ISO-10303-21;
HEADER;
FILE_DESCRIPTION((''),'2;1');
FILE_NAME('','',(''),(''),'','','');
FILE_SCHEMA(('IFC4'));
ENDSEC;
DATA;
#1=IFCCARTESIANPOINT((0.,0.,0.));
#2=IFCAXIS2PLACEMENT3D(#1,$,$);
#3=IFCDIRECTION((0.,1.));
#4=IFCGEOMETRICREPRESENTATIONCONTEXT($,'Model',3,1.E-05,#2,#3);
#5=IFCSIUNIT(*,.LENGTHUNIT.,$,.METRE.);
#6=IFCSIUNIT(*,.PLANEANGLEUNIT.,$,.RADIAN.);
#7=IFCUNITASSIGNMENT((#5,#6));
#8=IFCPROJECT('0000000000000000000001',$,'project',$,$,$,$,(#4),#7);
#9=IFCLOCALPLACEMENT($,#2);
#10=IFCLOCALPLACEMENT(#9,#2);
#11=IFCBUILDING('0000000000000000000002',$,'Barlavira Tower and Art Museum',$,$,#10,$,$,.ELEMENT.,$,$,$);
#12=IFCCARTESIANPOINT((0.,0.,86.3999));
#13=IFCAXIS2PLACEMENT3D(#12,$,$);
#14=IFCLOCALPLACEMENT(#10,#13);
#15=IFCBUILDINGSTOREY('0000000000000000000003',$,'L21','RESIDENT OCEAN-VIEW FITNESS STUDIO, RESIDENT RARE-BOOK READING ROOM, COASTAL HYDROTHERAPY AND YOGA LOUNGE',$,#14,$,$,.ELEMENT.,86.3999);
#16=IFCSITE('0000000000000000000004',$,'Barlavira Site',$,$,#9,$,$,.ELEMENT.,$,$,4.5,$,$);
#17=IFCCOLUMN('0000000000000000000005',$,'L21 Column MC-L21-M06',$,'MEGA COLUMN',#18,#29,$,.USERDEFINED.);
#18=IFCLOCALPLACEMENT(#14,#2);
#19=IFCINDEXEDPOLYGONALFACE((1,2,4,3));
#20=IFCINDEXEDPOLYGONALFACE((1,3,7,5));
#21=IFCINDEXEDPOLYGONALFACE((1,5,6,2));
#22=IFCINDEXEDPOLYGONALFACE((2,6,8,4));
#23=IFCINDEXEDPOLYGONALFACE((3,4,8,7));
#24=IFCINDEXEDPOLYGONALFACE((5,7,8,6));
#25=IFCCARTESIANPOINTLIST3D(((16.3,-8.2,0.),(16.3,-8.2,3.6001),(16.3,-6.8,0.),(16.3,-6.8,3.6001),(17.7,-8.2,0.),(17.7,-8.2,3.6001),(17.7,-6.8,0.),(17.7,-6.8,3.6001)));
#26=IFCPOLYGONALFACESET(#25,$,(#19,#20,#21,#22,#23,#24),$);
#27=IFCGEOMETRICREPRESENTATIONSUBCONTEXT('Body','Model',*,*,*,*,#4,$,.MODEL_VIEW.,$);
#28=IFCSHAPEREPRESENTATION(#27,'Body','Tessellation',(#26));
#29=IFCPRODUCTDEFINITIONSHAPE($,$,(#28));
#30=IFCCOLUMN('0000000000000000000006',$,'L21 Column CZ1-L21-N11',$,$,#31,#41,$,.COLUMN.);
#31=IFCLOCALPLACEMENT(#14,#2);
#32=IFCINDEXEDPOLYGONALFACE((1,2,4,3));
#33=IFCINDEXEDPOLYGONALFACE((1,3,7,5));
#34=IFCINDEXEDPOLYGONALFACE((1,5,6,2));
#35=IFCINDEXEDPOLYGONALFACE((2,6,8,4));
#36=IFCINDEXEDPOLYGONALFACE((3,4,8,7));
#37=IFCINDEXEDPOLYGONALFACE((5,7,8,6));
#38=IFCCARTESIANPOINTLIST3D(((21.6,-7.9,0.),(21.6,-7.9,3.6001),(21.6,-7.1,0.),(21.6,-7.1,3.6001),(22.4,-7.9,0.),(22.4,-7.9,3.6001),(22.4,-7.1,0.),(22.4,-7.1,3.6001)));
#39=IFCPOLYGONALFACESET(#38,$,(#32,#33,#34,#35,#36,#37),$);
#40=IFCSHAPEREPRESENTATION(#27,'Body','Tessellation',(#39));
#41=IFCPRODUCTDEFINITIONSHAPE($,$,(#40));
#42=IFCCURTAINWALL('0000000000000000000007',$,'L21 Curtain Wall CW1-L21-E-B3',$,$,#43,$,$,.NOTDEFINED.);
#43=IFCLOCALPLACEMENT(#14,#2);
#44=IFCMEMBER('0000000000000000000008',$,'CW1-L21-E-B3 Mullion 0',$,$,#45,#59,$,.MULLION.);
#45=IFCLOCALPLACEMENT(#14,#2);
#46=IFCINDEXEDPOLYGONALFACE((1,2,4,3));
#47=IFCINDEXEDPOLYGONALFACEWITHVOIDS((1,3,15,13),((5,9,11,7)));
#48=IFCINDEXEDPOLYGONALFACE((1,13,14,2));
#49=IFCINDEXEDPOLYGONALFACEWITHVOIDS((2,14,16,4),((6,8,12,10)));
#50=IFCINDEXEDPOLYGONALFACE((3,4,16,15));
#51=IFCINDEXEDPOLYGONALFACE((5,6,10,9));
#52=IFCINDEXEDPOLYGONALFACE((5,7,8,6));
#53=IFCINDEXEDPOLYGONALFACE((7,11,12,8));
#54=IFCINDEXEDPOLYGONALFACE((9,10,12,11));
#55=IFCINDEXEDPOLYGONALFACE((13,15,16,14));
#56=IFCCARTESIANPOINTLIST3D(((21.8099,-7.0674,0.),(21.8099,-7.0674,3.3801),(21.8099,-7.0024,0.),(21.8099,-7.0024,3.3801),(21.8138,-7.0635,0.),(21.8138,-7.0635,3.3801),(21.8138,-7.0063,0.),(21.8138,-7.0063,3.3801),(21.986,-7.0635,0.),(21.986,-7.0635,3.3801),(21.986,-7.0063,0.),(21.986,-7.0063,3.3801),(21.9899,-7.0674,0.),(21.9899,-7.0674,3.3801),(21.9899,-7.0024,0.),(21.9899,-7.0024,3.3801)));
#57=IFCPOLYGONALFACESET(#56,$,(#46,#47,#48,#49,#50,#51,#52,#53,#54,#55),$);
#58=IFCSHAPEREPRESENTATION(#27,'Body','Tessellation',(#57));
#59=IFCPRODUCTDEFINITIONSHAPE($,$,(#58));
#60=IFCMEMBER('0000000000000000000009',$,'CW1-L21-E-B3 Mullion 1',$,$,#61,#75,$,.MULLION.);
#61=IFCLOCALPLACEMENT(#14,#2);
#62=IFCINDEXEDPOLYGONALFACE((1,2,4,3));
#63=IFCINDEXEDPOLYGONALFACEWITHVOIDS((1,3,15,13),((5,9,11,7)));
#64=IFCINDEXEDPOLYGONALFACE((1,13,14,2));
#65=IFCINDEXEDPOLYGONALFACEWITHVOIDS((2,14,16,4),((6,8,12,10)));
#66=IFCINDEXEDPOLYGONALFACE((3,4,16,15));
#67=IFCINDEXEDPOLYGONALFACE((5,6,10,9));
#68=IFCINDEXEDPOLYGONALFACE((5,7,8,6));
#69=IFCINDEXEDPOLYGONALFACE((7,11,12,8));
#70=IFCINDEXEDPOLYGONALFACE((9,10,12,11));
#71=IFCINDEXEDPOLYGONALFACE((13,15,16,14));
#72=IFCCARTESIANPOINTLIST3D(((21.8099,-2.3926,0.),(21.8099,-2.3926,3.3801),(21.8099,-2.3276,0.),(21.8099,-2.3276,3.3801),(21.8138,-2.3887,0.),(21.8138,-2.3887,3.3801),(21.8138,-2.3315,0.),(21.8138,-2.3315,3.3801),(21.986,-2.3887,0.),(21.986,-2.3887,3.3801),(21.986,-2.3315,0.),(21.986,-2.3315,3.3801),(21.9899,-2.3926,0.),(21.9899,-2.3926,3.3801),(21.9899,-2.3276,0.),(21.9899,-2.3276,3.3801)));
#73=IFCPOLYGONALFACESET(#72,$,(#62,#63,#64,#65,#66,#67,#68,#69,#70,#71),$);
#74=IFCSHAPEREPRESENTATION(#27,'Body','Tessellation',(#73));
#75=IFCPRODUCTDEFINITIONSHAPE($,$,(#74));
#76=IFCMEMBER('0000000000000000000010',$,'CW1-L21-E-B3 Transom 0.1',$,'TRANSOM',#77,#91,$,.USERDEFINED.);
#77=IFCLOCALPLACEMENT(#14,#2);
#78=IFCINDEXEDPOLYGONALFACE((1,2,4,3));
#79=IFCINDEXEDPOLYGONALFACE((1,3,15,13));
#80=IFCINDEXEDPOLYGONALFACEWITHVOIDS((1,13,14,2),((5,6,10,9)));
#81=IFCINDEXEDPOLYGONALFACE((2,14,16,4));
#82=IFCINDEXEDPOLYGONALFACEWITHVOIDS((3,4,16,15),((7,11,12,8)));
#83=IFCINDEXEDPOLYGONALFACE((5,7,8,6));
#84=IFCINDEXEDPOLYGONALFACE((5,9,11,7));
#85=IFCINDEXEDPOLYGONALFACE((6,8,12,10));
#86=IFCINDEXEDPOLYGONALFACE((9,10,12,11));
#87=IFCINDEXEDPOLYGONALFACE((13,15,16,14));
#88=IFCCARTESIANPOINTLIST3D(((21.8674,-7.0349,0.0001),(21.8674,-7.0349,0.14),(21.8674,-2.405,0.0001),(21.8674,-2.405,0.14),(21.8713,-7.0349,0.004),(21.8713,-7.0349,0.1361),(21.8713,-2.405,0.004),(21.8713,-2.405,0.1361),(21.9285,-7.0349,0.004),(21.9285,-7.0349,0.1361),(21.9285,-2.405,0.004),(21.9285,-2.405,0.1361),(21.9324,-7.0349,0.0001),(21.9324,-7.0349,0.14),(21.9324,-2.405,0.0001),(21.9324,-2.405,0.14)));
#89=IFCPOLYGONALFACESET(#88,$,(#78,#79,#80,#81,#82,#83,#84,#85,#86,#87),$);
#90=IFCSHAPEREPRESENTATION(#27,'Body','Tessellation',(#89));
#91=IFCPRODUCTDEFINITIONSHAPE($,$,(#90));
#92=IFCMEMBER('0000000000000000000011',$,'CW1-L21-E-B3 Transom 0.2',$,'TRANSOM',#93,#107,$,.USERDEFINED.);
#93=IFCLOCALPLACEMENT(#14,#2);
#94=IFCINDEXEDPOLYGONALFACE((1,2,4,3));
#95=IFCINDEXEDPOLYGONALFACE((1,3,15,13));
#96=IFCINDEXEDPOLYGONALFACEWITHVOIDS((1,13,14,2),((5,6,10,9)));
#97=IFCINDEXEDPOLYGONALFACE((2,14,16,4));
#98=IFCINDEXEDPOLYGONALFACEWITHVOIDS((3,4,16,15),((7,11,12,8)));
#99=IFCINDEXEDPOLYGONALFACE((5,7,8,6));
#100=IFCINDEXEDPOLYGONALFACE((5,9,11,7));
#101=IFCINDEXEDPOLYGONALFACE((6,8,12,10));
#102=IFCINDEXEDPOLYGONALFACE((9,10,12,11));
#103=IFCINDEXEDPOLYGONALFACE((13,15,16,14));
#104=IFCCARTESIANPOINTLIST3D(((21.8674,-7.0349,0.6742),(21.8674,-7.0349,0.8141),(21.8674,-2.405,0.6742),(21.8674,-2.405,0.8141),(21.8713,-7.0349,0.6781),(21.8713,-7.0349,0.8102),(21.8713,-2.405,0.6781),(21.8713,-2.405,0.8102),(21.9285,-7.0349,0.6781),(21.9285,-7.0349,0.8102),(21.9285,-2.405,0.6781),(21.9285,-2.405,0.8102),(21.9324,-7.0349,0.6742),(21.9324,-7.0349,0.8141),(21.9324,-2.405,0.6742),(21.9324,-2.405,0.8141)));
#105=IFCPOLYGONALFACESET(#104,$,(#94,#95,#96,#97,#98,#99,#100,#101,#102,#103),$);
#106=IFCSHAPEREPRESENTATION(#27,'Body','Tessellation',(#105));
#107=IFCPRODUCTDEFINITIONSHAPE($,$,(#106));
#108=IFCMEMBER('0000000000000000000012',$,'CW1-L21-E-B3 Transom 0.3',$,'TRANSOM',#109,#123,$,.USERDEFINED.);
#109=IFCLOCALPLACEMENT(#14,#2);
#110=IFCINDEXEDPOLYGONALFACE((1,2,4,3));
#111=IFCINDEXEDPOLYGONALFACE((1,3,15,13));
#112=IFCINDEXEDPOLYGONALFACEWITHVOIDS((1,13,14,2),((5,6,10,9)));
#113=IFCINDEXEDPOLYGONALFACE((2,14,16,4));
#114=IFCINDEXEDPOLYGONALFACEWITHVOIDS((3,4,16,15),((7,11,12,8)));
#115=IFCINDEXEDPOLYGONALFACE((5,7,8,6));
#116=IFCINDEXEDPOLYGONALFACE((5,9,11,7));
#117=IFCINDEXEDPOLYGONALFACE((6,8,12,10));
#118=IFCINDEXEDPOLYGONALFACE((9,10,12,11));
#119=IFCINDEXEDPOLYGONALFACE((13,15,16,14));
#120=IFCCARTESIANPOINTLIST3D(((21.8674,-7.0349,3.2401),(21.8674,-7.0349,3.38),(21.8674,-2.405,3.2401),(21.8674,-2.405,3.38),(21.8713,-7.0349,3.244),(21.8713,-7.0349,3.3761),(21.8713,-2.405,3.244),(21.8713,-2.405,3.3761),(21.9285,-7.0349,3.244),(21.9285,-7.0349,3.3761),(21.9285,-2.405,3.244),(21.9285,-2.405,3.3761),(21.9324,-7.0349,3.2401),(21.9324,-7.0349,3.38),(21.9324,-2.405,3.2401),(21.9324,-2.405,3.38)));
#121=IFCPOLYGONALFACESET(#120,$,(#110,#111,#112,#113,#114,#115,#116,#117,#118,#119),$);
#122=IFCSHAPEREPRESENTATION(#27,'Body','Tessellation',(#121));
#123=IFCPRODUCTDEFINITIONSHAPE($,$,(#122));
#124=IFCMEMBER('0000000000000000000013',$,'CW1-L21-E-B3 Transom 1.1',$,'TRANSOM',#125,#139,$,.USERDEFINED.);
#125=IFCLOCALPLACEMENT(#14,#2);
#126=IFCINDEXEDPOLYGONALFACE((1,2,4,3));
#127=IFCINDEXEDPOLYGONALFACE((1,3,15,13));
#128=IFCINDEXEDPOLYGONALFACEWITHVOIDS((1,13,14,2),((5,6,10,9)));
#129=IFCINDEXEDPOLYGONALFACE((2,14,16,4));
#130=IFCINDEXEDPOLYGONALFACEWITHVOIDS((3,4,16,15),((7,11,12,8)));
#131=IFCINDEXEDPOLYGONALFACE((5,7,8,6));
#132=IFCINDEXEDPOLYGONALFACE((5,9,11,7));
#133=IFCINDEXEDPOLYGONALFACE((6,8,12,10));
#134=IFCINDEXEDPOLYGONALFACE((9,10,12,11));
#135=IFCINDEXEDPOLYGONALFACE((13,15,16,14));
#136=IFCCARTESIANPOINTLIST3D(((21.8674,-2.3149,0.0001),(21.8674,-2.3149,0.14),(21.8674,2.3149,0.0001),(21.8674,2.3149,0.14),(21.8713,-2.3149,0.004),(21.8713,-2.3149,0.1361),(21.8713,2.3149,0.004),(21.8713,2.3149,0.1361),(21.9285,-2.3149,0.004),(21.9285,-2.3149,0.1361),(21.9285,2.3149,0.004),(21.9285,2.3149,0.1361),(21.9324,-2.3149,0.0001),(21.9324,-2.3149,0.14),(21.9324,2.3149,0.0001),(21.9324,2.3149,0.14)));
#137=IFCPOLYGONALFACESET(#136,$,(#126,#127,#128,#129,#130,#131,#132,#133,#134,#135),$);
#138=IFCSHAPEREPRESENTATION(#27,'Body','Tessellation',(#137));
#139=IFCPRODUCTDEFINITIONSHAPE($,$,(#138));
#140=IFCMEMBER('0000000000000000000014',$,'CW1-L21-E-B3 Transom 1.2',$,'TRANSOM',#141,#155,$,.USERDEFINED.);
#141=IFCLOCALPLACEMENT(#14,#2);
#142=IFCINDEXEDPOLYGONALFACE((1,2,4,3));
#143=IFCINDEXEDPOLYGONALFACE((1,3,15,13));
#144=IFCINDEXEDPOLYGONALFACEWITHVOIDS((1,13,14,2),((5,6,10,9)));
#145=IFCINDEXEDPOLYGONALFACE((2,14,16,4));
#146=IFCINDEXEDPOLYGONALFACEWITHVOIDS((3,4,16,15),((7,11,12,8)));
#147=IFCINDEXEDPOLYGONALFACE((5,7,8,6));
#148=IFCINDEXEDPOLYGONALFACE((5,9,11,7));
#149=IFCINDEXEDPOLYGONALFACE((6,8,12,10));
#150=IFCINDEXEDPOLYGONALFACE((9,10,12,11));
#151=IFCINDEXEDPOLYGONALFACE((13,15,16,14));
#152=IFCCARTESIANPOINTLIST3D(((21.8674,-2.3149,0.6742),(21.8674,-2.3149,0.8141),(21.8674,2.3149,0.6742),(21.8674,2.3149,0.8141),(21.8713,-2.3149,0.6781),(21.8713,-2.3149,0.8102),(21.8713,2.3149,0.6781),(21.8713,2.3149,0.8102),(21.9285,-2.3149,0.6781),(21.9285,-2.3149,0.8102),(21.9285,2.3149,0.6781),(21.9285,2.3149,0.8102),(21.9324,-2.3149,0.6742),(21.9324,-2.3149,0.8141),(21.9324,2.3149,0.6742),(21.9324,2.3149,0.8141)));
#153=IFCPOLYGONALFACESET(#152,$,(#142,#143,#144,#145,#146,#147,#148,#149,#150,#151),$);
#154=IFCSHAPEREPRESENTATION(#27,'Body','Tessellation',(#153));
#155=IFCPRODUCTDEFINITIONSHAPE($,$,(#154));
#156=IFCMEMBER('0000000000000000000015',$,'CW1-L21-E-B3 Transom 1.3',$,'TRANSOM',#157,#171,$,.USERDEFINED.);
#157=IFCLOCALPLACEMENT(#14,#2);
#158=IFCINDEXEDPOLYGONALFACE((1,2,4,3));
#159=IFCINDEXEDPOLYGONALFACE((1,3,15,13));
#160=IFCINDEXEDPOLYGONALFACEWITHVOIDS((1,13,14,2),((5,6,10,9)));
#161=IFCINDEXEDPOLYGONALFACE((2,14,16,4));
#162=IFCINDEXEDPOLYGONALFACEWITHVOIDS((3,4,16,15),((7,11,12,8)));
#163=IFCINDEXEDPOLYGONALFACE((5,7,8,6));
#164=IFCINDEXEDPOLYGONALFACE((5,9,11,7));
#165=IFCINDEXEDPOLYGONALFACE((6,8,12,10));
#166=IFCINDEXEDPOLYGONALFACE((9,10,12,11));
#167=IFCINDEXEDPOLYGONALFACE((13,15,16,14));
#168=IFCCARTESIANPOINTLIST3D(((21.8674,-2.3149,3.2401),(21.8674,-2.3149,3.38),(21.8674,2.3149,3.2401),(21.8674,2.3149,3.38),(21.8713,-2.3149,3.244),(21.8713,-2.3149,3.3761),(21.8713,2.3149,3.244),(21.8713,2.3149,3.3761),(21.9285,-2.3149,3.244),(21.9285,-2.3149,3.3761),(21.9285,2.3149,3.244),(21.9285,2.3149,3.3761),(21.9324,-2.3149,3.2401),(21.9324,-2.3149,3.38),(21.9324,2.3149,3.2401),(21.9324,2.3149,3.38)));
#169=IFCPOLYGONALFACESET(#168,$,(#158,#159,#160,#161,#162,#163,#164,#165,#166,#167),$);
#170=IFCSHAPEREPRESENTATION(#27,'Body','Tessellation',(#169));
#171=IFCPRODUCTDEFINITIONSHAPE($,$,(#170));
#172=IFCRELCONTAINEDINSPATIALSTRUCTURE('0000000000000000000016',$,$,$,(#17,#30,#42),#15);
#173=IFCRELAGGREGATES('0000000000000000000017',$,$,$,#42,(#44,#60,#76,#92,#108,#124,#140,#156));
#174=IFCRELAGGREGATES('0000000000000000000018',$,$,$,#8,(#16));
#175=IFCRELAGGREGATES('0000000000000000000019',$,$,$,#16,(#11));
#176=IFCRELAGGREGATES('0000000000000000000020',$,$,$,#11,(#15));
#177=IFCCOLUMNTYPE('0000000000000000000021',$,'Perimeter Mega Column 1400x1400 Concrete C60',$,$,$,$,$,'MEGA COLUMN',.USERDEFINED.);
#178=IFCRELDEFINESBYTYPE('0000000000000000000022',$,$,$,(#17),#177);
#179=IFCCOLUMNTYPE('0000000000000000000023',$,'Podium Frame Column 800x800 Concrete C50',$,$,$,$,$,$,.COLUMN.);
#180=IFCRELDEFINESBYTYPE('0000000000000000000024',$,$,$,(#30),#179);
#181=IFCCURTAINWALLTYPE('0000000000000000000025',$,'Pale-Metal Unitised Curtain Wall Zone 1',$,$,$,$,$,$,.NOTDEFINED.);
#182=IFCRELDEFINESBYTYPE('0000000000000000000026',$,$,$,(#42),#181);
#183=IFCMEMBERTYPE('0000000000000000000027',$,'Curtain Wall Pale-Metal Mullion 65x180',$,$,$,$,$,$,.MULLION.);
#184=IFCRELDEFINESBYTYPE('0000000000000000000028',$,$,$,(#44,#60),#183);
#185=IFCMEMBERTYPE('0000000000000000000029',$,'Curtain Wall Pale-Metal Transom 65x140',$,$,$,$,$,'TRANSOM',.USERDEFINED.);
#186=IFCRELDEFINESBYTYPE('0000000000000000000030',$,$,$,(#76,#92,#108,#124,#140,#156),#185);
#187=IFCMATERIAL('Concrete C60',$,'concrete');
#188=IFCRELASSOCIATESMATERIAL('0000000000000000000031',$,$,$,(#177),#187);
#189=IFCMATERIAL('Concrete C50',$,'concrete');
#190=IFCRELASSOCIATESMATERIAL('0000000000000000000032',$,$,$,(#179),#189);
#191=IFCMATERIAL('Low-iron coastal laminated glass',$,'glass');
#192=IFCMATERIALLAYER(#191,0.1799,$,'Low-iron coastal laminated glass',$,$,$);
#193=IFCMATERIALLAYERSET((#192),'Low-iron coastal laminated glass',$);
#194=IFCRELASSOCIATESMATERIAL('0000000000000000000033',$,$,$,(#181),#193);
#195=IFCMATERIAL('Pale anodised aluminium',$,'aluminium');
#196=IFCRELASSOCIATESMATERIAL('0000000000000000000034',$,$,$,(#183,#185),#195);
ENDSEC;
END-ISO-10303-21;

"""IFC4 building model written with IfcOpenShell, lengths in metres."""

from ifc_helpers import new_model, si_unit, direction, frame, origin, origin_2d, place, context, subcontext, project, spatial, rectangle, hollow_rectangle, extrude, material, layer, layer_set, material_profile, profile_set, type_object, element, aggregate, save


model = new_model("IFC4")

# Units and contexts
model_context = context("Model", 3, precision=1e-05, world=origin(), true_north=direction((0.0, 1.0)))
body_context = subcontext(model_context, "Body", "Model", "MODEL_VIEW")
ifc_project = project(units=[si_unit("LENGTHUNIT", "METRE"), si_unit("PLANEANGLEUNIT", "RADIAN")], contexts=[model_context])

# Site, building, storey
site_placement = place(None, origin())
site = spatial("IfcSite", under=ifc_project, at=site_placement, Name="Barlavira Site", CompositionType="ELEMENT", RefElevation=4.5)
building_placement = place(site_placement, origin())
building = spatial("IfcBuilding", under=site, at=building_placement, Name="Barlavira Tower and Art Museum", CompositionType="ELEMENT")
storey_placement = place(building_placement, frame((0.0, 0.0, 86.3999)))
storey = spatial("IfcBuildingStorey", under=building, at=storey_placement, Name="L21", Description="RESIDENT OCEAN-VIEW FITNESS STUDIO, RESIDENT RARE-BOOK READING ROOM, COASTAL HYDROTHERAPY AND YOGA LOUNGE", CompositionType="ELEMENT", Elevation=86.3999)

# Columns
ifc_material_1 = material(Name="Concrete C60", Category="concrete")
ifc_material_profile_1 = material_profile(ifc_material_1, rectangle(XDim=1.3999, YDim=1.3999, at=origin_2d()), Name="RC-MCOL 1400x1400")
ifc_profile_set_1 = profile_set([ifc_material_profile_1], Name="Concrete C60")
column_type_1 = type_object("IfcColumnType", Name="Perimeter Mega Column 1400x1400 Concrete C60", ElementType="MEGA COLUMN", PredefinedType="USERDEFINED", material=ifc_profile_set_1)
column_1_placement = place(storey_placement, frame((17.0, -7.5, 0.0), z_axis=(0.0, 0.0, 1.0), x_axis=(1.0, 0.0, 0.0)))
element("IfcColumn", 1, at=column_1_placement, inside=storey, type_object=column_type_1, Name="L21 Column MC-L21-M06", ObjectType="MEGA COLUMN", PredefinedType="USERDEFINED", context=body_context, shape_type="SweptSolid", body=[
    extrude(rectangle(XDim=1.3999, YDim=1.3999, at=origin_2d()), origin(), (0.0, 0.0, 1.0), 3.6001),
])
ifc_material_2 = material(Name="Concrete C50", Category="concrete")
ifc_material_profile_2 = material_profile(ifc_material_2, rectangle(XDim=0.8, YDim=0.8, at=origin_2d()), Name="RC-COL 800x800")
ifc_profile_set_2 = profile_set([ifc_material_profile_2], Name="Concrete C50")
column_type_2 = type_object("IfcColumnType", Name="Podium Frame Column 800x800 Concrete C50", PredefinedType="COLUMN", material=ifc_profile_set_2)
column_2_placement = place(storey_placement, frame((22.0, -7.5, 0.0), z_axis=(0.0, 0.0, 1.0), x_axis=(1.0, 0.0, 0.0)))
element("IfcColumn", 2, at=column_2_placement, inside=storey, type_object=column_type_2, Name="L21 Column CZ1-L21-N11", PredefinedType="COLUMN", context=body_context, shape_type="SweptSolid", body=[
    extrude(rectangle(XDim=0.8, YDim=0.8, at=origin_2d()), origin(), (0.0, 0.0, 1.0), 3.6001),
])

# Curtain wall, members
ifc_material_3 = material(Name="Low-iron coastal laminated glass", Category="glass")
ifc_layer_1 = layer(ifc_material_3, 0.1799, Name="Low-iron coastal laminated glass")
ifc_layer_set_1 = layer_set([ifc_layer_1], Name="Low-iron coastal laminated glass")
curtain_wall_type = type_object("IfcCurtainWallType", Name="Pale-Metal Unitised Curtain Wall Zone 1", PredefinedType="NOTDEFINED", material=ifc_layer_set_1)
curtain_wall_placement = place(storey_placement, origin())
curtain_wall = element("IfcCurtainWall", 3, at=curtain_wall_placement, inside=storey, type_object=curtain_wall_type, Name="L21 Curtain Wall CW1-L21-E-B3", PredefinedType="NOTDEFINED")
ifc_material_4 = material(Name="Pale anodised aluminium", Category="aluminium")
ifc_material_profile_3 = material_profile(ifc_material_4, hollow_rectangle(XDim=0.0649, YDim=0.1799, WallThickness=0.0039, at=origin_2d()), Name="ALU-MULL 65x180x4")
ifc_profile_set_3 = profile_set([ifc_material_profile_3], Name="Pale anodised aluminium")
member_type_1 = type_object("IfcMemberType", Name="Curtain Wall Pale-Metal Mullion 65x180", PredefinedType="MULLION", material=ifc_profile_set_3)
member_1_placement = place(storey_placement, frame((21.8999, -7.0349, 0.0), z_axis=(0.0, 0.0, 1.0), x_axis=(0.0, 1.0, 0.0)))
member_1 = element("IfcMember", 4, at=member_1_placement, type_object=member_type_1, Name="CW1-L21-E-B3 Mullion 0", PredefinedType="MULLION", context=body_context, shape_type="SweptSolid", body=[
    extrude(hollow_rectangle(XDim=0.0649, YDim=0.1799, WallThickness=0.0039, at=origin_2d()), origin(), (0.0, 0.0, 1.0), 3.3801),
])
member_2_placement = place(storey_placement, frame((21.8999, -2.3601, 0.0), z_axis=(0.0, 0.0, 1.0), x_axis=(0.0, 1.0, 0.0)))
member_2 = element("IfcMember", 5, at=member_2_placement, type_object=member_type_1, Name="CW1-L21-E-B3 Mullion 1", PredefinedType="MULLION", context=body_context, shape_type="SweptSolid", body=[
    extrude(hollow_rectangle(XDim=0.0649, YDim=0.1799, WallThickness=0.0039, at=origin_2d()), origin(), (0.0, 0.0, 1.0), 3.3801),
])
ifc_material_profile_4 = material_profile(ifc_material_4, hollow_rectangle(XDim=0.0649, YDim=0.1399, WallThickness=0.0039, at=origin_2d()), Name="ALU-TRAN 65x140x4")
ifc_profile_set_4 = profile_set([ifc_material_profile_4], Name="Pale anodised aluminium")
member_type_2 = type_object("IfcMemberType", Name="Curtain Wall Pale-Metal Transom 65x140", ElementType="TRANSOM", PredefinedType="USERDEFINED", material=ifc_profile_set_4)
member_3_placement = place(storey_placement, frame((21.8999, -7.0349, 0.0701), z_axis=(0.0, 1.0, 0.0), x_axis=(-1.0, 0.0, 0.0)))
member_3 = element("IfcMember", 6, at=member_3_placement, type_object=member_type_2, Name="CW1-L21-E-B3 Transom 0.1", ObjectType="TRANSOM", PredefinedType="USERDEFINED", context=body_context, shape_type="SweptSolid", body=[
    extrude(hollow_rectangle(XDim=0.0649, YDim=0.1399, WallThickness=0.0039, at=origin_2d()), origin(), (0.0, 0.0, 1.0), 4.6299),
])
member_4_placement = place(storey_placement, frame((21.8999, -7.0349, 0.7441), z_axis=(0.0, 1.0, 0.0), x_axis=(-1.0, 0.0, 0.0)))
member_4 = element("IfcMember", 7, at=member_4_placement, type_object=member_type_2, Name="CW1-L21-E-B3 Transom 0.2", ObjectType="TRANSOM", PredefinedType="USERDEFINED", context=body_context, shape_type="SweptSolid", body=[
    extrude(hollow_rectangle(XDim=0.0649, YDim=0.1399, WallThickness=0.0039, at=origin_2d()), origin(), (0.0, 0.0, 1.0), 4.6299),
])
member_5_placement = place(storey_placement, frame((21.8999, -7.0349, 3.3101), z_axis=(0.0, 1.0, 0.0), x_axis=(-1.0, 0.0, 0.0)))
member_5 = element("IfcMember", 8, at=member_5_placement, type_object=member_type_2, Name="CW1-L21-E-B3 Transom 0.3", ObjectType="TRANSOM", PredefinedType="USERDEFINED", context=body_context, shape_type="SweptSolid", body=[
    extrude(hollow_rectangle(XDim=0.0649, YDim=0.1399, WallThickness=0.0039, at=origin_2d()), origin(), (0.0, 0.0, 1.0), 4.6299),
])
member_6_placement = place(storey_placement, frame((21.8999, -2.3149, 0.0701), z_axis=(0.0, 1.0, 0.0), x_axis=(-1.0, 0.0, 0.0)))
member_6 = element("IfcMember", 9, at=member_6_placement, type_object=member_type_2, Name="CW1-L21-E-B3 Transom 1.1", ObjectType="TRANSOM", PredefinedType="USERDEFINED", context=body_context, shape_type="SweptSolid", body=[
    extrude(hollow_rectangle(XDim=0.0649, YDim=0.1399, WallThickness=0.0039, at=origin_2d()), origin(), (0.0, 0.0, 1.0), 4.6299),
])
member_7_placement = place(storey_placement, frame((21.8999, -2.3149, 0.7441), z_axis=(0.0, 1.0, 0.0), x_axis=(-1.0, 0.0, 0.0)))
member_7 = element("IfcMember", 10, at=member_7_placement, type_object=member_type_2, Name="CW1-L21-E-B3 Transom 1.2", ObjectType="TRANSOM", PredefinedType="USERDEFINED", context=body_context, shape_type="SweptSolid", body=[
    extrude(hollow_rectangle(XDim=0.0649, YDim=0.1399, WallThickness=0.0039, at=origin_2d()), origin(), (0.0, 0.0, 1.0), 4.6299),
])
member_8_placement = place(storey_placement, frame((21.8999, -2.3149, 3.3101), z_axis=(0.0, 1.0, 0.0), x_axis=(-1.0, 0.0, 0.0)))
member_8 = element("IfcMember", 11, at=member_8_placement, type_object=member_type_2, Name="CW1-L21-E-B3 Transom 1.3", ObjectType="TRANSOM", PredefinedType="USERDEFINED", context=body_context, shape_type="SweptSolid", body=[
    extrude(hollow_rectangle(XDim=0.0649, YDim=0.1399, WallThickness=0.0039, at=origin_2d()), origin(), (0.0, 0.0, 1.0), 4.6299),
])

aggregate(curtain_wall, [member_1, member_2, member_3, member_4, member_5, member_6, member_7, member_8])

save(model, "model.ifc")
